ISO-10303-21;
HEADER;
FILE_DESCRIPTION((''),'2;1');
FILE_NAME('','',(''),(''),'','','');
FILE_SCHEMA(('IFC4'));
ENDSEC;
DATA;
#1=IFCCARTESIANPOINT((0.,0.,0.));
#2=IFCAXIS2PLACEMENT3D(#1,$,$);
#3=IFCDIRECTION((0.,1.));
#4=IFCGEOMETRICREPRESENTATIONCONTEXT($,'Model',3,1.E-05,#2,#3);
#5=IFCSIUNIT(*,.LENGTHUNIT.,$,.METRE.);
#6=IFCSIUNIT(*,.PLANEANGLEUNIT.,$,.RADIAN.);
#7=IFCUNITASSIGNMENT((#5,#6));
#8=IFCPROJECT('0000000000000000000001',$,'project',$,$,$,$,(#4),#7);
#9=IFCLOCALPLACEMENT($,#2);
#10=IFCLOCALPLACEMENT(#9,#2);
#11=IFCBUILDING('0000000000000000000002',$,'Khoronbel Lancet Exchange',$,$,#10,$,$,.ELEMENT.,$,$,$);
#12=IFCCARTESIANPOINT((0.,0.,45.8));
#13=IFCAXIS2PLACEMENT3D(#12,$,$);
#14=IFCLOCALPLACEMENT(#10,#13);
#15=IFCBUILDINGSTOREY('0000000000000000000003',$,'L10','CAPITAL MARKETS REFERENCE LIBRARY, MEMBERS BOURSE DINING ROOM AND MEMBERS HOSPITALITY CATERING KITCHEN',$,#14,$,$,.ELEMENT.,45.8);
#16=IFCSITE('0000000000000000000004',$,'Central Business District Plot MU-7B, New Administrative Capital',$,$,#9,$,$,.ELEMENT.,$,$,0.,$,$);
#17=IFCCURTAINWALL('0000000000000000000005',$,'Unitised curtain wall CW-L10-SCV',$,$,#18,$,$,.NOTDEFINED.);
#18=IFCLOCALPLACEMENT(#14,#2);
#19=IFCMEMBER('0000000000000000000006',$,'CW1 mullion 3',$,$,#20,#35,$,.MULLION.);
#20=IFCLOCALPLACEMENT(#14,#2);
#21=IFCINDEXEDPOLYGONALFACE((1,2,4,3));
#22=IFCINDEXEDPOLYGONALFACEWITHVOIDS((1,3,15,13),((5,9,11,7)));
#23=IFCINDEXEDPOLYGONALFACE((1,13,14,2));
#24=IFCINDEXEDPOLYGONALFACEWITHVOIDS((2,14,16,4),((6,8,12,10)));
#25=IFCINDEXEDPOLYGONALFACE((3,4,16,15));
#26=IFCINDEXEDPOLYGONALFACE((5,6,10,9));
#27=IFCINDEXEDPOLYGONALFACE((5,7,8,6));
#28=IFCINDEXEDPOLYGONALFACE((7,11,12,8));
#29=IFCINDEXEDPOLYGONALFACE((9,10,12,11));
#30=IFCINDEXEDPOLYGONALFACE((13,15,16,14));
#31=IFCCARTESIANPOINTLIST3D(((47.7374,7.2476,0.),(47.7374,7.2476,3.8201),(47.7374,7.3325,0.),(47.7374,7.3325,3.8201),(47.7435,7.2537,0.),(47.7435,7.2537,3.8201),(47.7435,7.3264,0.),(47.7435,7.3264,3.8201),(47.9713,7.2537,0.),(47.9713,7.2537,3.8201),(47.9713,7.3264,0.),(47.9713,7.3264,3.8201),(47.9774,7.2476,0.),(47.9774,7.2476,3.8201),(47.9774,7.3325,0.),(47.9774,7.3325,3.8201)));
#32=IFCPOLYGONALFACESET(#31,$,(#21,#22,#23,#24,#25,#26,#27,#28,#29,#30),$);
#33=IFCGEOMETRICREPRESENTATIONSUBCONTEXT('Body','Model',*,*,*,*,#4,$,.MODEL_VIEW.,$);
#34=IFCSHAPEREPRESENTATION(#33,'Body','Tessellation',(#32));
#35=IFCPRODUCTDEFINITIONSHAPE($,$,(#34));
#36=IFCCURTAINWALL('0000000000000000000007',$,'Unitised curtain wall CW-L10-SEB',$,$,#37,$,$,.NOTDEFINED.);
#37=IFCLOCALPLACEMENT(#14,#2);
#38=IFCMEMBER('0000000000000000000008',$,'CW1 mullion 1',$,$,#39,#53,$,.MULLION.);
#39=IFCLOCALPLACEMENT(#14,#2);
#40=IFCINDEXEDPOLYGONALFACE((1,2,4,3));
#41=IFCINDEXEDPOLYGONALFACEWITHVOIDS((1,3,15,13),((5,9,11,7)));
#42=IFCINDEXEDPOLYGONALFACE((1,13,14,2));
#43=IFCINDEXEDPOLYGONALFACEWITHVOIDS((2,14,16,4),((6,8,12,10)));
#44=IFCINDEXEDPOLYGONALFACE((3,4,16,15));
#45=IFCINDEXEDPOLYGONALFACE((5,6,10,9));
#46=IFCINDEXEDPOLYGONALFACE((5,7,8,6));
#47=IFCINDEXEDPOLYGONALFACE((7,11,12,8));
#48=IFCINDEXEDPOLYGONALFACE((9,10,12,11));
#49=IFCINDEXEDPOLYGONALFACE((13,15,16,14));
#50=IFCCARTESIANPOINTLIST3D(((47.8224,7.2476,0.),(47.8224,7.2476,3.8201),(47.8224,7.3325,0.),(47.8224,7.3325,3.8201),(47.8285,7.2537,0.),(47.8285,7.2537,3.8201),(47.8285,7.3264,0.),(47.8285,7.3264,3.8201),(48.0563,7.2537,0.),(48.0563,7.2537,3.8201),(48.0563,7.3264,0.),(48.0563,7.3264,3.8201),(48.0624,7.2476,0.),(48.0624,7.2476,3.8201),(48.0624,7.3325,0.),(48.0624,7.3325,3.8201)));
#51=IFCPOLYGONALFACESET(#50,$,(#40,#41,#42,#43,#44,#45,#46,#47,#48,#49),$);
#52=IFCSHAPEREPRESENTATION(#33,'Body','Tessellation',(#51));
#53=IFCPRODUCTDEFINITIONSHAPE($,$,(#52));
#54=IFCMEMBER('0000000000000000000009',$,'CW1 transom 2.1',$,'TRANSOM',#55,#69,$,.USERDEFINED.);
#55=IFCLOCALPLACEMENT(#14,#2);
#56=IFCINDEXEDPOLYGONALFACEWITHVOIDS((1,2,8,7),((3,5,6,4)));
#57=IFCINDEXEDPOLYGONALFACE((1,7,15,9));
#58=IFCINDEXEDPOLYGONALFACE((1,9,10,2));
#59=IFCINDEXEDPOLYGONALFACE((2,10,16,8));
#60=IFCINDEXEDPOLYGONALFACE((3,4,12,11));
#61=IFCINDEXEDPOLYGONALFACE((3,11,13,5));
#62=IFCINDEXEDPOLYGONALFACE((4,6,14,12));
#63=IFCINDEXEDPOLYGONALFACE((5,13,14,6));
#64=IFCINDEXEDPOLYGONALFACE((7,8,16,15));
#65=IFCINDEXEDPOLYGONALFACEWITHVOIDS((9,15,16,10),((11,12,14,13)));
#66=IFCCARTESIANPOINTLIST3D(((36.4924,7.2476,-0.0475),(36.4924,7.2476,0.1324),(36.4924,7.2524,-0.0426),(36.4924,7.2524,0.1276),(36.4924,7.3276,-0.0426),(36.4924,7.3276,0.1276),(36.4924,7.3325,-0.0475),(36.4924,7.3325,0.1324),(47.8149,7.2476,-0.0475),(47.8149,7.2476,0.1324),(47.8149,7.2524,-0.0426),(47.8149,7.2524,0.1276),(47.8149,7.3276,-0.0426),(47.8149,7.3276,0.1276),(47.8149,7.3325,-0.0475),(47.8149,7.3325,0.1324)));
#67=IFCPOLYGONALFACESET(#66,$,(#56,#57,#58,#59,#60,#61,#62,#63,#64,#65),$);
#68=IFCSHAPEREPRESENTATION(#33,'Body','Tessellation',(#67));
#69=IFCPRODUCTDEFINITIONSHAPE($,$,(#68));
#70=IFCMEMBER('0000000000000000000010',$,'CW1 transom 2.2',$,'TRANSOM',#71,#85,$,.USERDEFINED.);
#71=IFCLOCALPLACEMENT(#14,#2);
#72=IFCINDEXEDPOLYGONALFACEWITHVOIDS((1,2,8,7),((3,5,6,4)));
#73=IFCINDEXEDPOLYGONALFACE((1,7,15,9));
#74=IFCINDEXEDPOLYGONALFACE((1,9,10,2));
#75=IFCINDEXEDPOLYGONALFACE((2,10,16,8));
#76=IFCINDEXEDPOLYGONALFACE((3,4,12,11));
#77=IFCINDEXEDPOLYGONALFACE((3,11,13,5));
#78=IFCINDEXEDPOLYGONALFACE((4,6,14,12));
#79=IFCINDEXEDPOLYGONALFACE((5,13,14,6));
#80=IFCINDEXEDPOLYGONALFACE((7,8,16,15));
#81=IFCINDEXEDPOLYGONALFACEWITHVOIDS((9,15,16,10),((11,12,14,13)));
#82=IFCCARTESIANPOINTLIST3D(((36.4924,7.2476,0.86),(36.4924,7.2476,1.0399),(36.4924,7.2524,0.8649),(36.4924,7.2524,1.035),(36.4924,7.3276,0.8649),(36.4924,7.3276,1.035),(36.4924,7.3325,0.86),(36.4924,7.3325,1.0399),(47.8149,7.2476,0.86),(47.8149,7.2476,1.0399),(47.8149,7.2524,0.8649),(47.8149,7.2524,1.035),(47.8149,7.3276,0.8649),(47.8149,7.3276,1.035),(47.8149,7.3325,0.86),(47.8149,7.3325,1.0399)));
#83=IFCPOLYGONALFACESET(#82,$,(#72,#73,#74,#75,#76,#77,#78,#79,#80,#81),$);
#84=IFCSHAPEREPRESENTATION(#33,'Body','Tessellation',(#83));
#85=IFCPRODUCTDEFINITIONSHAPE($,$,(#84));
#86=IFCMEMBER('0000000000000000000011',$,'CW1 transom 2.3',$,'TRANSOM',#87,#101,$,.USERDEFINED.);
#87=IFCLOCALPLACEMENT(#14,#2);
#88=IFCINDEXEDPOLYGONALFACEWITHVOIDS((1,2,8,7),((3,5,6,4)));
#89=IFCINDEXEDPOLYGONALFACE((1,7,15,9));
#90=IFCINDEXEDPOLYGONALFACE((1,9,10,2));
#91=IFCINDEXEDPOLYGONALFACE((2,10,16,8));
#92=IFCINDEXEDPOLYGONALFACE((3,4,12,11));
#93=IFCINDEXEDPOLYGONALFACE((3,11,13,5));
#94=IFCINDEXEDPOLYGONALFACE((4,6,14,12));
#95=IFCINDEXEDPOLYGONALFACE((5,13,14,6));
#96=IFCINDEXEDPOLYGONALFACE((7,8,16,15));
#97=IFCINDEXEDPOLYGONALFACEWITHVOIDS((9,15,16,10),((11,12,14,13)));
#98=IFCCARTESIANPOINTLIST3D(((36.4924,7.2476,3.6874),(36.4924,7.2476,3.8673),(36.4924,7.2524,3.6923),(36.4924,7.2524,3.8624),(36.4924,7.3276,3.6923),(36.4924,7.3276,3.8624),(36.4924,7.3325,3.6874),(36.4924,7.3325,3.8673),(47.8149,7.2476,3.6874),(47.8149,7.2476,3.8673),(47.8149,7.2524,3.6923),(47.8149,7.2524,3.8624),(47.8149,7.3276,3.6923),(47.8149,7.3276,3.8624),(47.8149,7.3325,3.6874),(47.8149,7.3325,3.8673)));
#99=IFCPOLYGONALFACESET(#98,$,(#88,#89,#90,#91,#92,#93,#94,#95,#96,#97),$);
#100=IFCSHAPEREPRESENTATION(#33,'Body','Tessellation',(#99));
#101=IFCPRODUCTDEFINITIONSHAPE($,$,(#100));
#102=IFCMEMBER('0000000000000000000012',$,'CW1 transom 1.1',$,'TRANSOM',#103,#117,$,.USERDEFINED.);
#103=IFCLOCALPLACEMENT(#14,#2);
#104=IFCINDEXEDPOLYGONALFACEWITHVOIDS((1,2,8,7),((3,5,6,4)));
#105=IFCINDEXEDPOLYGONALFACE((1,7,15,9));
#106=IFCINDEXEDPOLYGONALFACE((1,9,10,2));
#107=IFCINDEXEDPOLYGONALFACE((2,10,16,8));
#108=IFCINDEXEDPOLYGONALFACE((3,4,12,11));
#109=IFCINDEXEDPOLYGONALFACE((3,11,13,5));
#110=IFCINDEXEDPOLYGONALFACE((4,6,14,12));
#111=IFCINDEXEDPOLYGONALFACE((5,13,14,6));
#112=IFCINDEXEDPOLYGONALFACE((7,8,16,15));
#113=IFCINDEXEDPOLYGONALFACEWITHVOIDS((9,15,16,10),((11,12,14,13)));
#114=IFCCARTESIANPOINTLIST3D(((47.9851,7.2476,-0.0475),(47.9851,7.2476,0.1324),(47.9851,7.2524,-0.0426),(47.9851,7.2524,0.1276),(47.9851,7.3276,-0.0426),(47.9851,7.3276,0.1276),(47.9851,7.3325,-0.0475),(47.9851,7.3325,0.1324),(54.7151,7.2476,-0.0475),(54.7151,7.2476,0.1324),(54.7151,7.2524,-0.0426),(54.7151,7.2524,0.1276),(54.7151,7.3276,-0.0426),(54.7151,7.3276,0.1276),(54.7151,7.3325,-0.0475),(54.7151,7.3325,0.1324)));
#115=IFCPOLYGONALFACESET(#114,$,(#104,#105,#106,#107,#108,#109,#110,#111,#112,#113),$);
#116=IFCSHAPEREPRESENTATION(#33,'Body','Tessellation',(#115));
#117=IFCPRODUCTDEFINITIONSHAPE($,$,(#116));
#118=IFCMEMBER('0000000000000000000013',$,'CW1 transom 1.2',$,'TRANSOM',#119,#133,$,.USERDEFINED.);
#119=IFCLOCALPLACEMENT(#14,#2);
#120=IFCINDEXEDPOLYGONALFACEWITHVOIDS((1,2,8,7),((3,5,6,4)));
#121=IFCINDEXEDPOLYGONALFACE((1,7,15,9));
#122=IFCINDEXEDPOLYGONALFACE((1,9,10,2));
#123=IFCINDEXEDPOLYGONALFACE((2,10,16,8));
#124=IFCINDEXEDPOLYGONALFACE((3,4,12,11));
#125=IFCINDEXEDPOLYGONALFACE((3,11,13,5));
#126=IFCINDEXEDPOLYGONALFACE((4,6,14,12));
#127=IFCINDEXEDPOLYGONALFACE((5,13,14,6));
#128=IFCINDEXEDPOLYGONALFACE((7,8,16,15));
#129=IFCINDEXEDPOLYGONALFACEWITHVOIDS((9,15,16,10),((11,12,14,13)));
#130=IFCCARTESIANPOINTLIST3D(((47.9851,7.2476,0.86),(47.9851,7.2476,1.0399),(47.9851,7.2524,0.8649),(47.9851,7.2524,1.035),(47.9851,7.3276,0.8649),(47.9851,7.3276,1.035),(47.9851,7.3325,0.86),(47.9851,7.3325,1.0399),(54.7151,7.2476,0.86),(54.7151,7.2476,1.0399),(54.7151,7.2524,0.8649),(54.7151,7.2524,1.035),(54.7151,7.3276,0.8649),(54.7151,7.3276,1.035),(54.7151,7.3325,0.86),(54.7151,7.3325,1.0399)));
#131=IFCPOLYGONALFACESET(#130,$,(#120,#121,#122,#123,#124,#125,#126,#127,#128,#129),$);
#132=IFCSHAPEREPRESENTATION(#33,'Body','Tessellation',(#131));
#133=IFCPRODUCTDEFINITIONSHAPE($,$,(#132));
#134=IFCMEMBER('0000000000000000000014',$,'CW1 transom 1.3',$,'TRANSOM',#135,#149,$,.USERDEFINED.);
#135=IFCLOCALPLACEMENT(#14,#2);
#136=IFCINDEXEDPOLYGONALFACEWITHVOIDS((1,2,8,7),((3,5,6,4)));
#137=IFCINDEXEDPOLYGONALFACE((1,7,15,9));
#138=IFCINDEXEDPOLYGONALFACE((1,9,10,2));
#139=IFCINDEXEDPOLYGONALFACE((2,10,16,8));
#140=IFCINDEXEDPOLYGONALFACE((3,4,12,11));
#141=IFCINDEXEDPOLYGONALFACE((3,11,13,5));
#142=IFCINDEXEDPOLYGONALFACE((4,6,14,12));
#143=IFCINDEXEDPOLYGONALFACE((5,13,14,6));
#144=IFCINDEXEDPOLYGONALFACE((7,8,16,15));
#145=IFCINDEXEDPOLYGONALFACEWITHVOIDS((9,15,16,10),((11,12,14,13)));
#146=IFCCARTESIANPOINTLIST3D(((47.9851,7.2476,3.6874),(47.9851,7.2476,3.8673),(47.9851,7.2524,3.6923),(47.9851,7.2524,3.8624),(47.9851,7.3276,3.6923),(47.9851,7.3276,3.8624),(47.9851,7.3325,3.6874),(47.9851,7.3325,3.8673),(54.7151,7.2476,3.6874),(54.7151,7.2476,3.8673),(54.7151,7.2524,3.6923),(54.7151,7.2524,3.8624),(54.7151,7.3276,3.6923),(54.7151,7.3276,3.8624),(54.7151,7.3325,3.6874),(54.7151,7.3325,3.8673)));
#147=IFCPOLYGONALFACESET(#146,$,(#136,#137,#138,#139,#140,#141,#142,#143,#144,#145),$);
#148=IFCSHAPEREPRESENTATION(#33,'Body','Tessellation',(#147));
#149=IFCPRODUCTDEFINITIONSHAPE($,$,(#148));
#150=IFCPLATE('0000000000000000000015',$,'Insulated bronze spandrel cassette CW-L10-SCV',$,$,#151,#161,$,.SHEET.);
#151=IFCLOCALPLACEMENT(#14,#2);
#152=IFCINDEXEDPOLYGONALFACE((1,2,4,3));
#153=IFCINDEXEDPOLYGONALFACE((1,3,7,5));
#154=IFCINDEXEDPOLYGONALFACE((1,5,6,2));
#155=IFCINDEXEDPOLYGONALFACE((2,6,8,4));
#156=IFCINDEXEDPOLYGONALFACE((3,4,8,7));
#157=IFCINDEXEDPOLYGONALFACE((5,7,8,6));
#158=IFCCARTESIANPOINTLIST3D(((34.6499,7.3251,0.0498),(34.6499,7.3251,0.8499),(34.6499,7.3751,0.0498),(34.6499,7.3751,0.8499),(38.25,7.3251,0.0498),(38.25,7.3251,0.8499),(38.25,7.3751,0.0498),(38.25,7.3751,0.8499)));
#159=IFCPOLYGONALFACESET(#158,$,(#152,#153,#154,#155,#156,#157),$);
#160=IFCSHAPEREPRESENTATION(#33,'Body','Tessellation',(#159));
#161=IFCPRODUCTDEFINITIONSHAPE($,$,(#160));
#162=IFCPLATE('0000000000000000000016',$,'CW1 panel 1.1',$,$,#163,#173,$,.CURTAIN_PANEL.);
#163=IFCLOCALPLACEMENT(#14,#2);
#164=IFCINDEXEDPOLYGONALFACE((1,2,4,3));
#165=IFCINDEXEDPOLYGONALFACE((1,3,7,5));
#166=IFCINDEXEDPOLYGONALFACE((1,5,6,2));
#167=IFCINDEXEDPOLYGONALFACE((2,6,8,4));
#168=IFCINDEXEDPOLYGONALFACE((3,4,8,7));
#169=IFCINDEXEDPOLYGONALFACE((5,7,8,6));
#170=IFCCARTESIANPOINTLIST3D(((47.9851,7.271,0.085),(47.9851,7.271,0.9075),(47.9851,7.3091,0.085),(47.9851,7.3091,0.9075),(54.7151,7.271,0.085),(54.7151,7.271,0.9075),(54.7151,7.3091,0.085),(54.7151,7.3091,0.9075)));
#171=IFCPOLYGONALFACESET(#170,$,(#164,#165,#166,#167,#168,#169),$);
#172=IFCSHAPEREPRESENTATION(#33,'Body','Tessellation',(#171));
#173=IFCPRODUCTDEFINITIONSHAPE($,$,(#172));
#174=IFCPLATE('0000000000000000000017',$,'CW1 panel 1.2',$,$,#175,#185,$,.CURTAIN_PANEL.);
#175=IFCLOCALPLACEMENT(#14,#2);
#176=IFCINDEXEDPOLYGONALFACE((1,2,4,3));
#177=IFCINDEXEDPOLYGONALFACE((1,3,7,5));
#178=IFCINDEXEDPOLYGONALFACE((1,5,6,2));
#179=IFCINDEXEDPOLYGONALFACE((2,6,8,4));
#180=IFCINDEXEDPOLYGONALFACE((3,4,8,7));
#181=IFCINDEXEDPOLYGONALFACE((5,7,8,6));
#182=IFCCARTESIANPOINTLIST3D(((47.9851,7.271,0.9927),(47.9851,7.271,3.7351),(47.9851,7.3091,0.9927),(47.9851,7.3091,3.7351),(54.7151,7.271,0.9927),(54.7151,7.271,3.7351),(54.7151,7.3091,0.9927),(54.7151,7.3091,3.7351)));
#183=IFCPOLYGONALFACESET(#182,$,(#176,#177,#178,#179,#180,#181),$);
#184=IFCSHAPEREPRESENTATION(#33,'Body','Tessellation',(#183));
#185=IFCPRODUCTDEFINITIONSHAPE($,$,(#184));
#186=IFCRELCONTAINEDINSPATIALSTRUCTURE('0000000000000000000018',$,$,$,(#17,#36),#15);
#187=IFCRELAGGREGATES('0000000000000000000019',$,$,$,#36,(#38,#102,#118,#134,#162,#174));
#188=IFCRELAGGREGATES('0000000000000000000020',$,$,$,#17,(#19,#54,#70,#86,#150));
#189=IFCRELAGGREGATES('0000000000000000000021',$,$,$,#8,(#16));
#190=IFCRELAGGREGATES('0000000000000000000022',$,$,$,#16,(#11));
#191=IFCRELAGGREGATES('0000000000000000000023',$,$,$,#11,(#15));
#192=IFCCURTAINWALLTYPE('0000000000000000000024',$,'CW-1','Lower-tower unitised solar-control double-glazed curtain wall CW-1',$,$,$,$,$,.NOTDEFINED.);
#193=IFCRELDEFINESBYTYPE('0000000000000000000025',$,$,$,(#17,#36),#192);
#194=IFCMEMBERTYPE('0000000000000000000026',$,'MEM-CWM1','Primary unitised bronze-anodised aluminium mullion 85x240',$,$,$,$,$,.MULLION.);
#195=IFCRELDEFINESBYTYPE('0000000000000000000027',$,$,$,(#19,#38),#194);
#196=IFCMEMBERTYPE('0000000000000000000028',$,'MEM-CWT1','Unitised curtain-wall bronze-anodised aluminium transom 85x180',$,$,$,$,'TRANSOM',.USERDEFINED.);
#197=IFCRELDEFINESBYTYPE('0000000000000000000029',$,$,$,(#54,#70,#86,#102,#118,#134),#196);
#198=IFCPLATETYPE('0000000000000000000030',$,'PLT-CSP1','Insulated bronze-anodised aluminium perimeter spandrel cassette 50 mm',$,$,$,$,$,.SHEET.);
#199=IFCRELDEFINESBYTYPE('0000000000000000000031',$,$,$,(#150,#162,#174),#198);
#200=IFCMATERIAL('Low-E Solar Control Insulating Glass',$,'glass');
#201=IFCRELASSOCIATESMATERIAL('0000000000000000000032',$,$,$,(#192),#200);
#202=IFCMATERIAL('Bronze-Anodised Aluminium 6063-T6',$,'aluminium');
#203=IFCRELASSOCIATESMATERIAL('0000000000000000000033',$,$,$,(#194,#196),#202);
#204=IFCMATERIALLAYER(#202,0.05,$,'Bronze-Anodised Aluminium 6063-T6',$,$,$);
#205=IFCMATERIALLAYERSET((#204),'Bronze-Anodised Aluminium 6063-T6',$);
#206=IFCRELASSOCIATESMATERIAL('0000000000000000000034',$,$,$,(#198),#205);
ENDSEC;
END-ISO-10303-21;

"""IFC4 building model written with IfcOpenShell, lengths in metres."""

from ifc_helpers import new_model, si_unit, direction, frame, origin, origin_2d, place, context, subcontext, project, spatial, rectangle, hollow_rectangle, extrude, material, layer, layer_set, material_profile, profile_set, type_object, element, aggregate, save


model = new_model("IFC4")

# Units and contexts
model_context = context("Model", 3, precision=1e-05, world=origin(), true_north=direction((0.0, 1.0)))
body_context = subcontext(model_context, "Body", "Model", "MODEL_VIEW")
ifc_project = project(units=[si_unit("LENGTHUNIT", "METRE"), si_unit("PLANEANGLEUNIT", "RADIAN")], contexts=[model_context])

# Site, building, storey
site_placement = place(None, origin())
site = spatial("IfcSite", under=ifc_project, at=site_placement, Name="Central Business District Plot MU-7B, New Administrative Capital", CompositionType="ELEMENT", RefElevation=0.0)
building_placement = place(site_placement, origin())
building = spatial("IfcBuilding", under=site, at=building_placement, Name="Khoronbel Lancet Exchange", CompositionType="ELEMENT")
storey_placement = place(building_placement, frame((0.0, 0.0, 45.8)))
storey = spatial("IfcBuildingStorey", under=building, at=storey_placement, Name="L10", Description="CAPITAL MARKETS REFERENCE LIBRARY, MEMBERS BOURSE DINING ROOM AND MEMBERS HOSPITALITY CATERING KITCHEN", CompositionType="ELEMENT", Elevation=45.8)

# Curtain wall, member
ifc_material_1 = material(Name="Low-E Solar Control Insulating Glass", Category="glass")
curtain_wall_type = type_object("IfcCurtainWallType", Name="CW-1", Description="Lower-tower unitised solar-control double-glazed curtain wall CW-1", PredefinedType="NOTDEFINED", material=ifc_material_1)
curtain_wall_1_placement = place(storey_placement, origin())
curtain_wall_1 = element("IfcCurtainWall", 1, at=curtain_wall_1_placement, inside=storey, type_object=curtain_wall_type, Name="Unitised curtain wall CW-L10-SCV", PredefinedType="NOTDEFINED")
ifc_material_2 = material(Name="Bronze-Anodised Aluminium 6063-T6", Category="aluminium")
ifc_material_profile_1 = material_profile(ifc_material_2, hollow_rectangle(XDim=0.085, YDim=0.24, WallThickness=0.0061, at=origin_2d()), Name="ALU MULLION 85x240")
ifc_profile_set_1 = profile_set([ifc_material_profile_1], Name="Bronze-Anodised Aluminium 6063-T6")
member_type_1 = type_object("IfcMemberType", Name="MEM-CWM1", Description="Primary unitised bronze-anodised aluminium mullion 85x240", PredefinedType="MULLION", material=ifc_profile_set_1)
member_1_placement = place(storey_placement, frame((47.8574, 7.29, 0.0), z_axis=(0.0, 0.0, 1.0), x_axis=(0.0, 1.0, 0.0)))
member_1 = element("IfcMember", 2, at=member_1_placement, type_object=member_type_1, Name="CW1 mullion 3", PredefinedType="MULLION", context=body_context, shape_type="SweptSolid", body=[
    extrude(hollow_rectangle(XDim=0.085, YDim=0.24, WallThickness=0.0061, at=origin_2d()), origin(), (0.0, 0.0, 1.0), 3.8201),
])

# Curtain wall, member
curtain_wall_2_placement = place(storey_placement, origin())
curtain_wall_2 = element("IfcCurtainWall", 3, at=curtain_wall_2_placement, inside=storey, type_object=curtain_wall_type, Name="Unitised curtain wall CW-L10-SEB", PredefinedType="NOTDEFINED")
member_2_placement = place(storey_placement, frame((47.9424, 7.29, 0.0), z_axis=(0.0, 0.0, 1.0), x_axis=(0.0, 1.0, 0.0)))
member_2 = element("IfcMember", 4, at=member_2_placement, type_object=member_type_1, Name="CW1 mullion 1", PredefinedType="MULLION", context=body_context, shape_type="SweptSolid", body=[
    extrude(hollow_rectangle(XDim=0.085, YDim=0.24, WallThickness=0.0061, at=origin_2d()), origin(), (0.0, 0.0, 1.0), 3.8201),
])

# Members
ifc_material_profile_2 = material_profile(ifc_material_2, hollow_rectangle(XDim=0.085, YDim=0.1799, WallThickness=0.0049, at=origin_2d()), Name="ALU TRANSOM 85x180")
ifc_profile_set_2 = profile_set([ifc_material_profile_2], Name="Bronze-Anodised Aluminium 6063-T6")
member_type_2 = type_object("IfcMemberType", Name="MEM-CWT1", Description="Unitised curtain-wall bronze-anodised aluminium transom 85x180", ElementType="TRANSOM", PredefinedType="USERDEFINED", material=ifc_profile_set_2)
member_3_placement = place(storey_placement, frame((36.4924, 7.29, 0.0425), z_axis=(1.0, 0.0, 0.0), x_axis=(0.0, 1.0, 0.0)))
member_3 = element("IfcMember", 5, at=member_3_placement, type_object=member_type_2, Name="CW1 transom 2.1", ObjectType="TRANSOM", PredefinedType="USERDEFINED", context=body_context, shape_type="SweptSolid", body=[
    extrude(hollow_rectangle(XDim=0.085, YDim=0.1799, WallThickness=0.0049, at=origin_2d()), origin(), (0.0, 0.0, 1.0), 11.3225),
])
member_4_placement = place(storey_placement, frame((36.4924, 7.29, 0.95), z_axis=(1.0, 0.0, 0.0), x_axis=(0.0, 1.0, 0.0)))
member_4 = element("IfcMember", 6, at=member_4_placement, type_object=member_type_2, Name="CW1 transom 2.2", ObjectType="TRANSOM", PredefinedType="USERDEFINED", context=body_context, shape_type="SweptSolid", body=[
    extrude(hollow_rectangle(XDim=0.085, YDim=0.1799, WallThickness=0.0049, at=origin_2d()), origin(), (0.0, 0.0, 1.0), 11.3225),
])
member_5_placement = place(storey_placement, frame((36.4924, 7.29, 3.7773), z_axis=(1.0, 0.0, 0.0), x_axis=(0.0, 1.0, 0.0)))
member_5 = element("IfcMember", 7, at=member_5_placement, type_object=member_type_2, Name="CW1 transom 2.3", ObjectType="TRANSOM", PredefinedType="USERDEFINED", context=body_context, shape_type="SweptSolid", body=[
    extrude(hollow_rectangle(XDim=0.085, YDim=0.1799, WallThickness=0.0049, at=origin_2d()), origin(), (0.0, 0.0, 1.0), 11.3225),
])
member_6_placement = place(storey_placement, frame((47.9851, 7.29, 0.0425), z_axis=(1.0, 0.0, 0.0), x_axis=(0.0, 1.0, 0.0)))
member_6 = element("IfcMember", 8, at=member_6_placement, type_object=member_type_2, Name="CW1 transom 1.1", ObjectType="TRANSOM", PredefinedType="USERDEFINED", context=body_context, shape_type="SweptSolid", body=[
    extrude(hollow_rectangle(XDim=0.085, YDim=0.1799, WallThickness=0.0049, at=origin_2d()), origin(), (0.0, 0.0, 1.0), 6.73),
])
member_7_placement = place(storey_placement, frame((47.9851, 7.29, 0.95), z_axis=(1.0, 0.0, 0.0), x_axis=(0.0, 1.0, 0.0)))
member_7 = element("IfcMember", 9, at=member_7_placement, type_object=member_type_2, Name="CW1 transom 1.2", ObjectType="TRANSOM", PredefinedType="USERDEFINED", context=body_context, shape_type="SweptSolid", body=[
    extrude(hollow_rectangle(XDim=0.085, YDim=0.1799, WallThickness=0.0049, at=origin_2d()), origin(), (0.0, 0.0, 1.0), 6.73),
])
member_8_placement = place(storey_placement, frame((47.9851, 7.29, 3.7773), z_axis=(1.0, 0.0, 0.0), x_axis=(0.0, 1.0, 0.0)))
member_8 = element("IfcMember", 10, at=member_8_placement, type_object=member_type_2, Name="CW1 transom 1.3", ObjectType="TRANSOM", PredefinedType="USERDEFINED", context=body_context, shape_type="SweptSolid", body=[
    extrude(hollow_rectangle(XDim=0.085, YDim=0.1799, WallThickness=0.0049, at=origin_2d()), origin(), (0.0, 0.0, 1.0), 6.73),
])

# Plates
ifc_layer_1 = layer(ifc_material_2, 0.05, Name="Bronze-Anodised Aluminium 6063-T6")
ifc_layer_set_1 = layer_set([ifc_layer_1], Name="Bronze-Anodised Aluminium 6063-T6")
plate_type_1 = type_object("IfcPlateType", Name="PLT-CSP1", Description="Insulated bronze-anodised aluminium perimeter spandrel cassette 50 mm", PredefinedType="SHEET", material=ifc_layer_set_1)
plate_1_placement = place(storey_placement, frame((36.45, 7.3501, 0.0498), z_axis=(0.0, 0.0, 1.0), x_axis=(1.0, 0.0, 0.0)))
plate_1 = element("IfcPlate", 11, at=plate_1_placement, type_object=plate_type_1, Name="Insulated bronze spandrel cassette CW-L10-SCV", PredefinedType="SHEET", context=body_context, shape_type="SweptSolid", body=[
    extrude(rectangle(XDim=3.6001, YDim=0.05, at=origin_2d()), origin(), (0.0, 0.0, 1.0), 0.8),
])
plate_2_placement = place(storey_placement, frame((51.3501, 7.29, 0.085), z_axis=(0.0, 0.0, 1.0), x_axis=(1.0, 0.0, 0.0)))
plate_2 = element("IfcPlate", 12, at=plate_2_placement, type_object=plate_type_1, Name="CW1 panel 1.1", PredefinedType="CURTAIN_PANEL", context=body_context, shape_type="SweptSolid", body=[
    extrude(rectangle(XDim=6.73, YDim=0.0381, at=origin_2d()), origin(), (0.0, 0.0, 1.0), 0.8225),
])
plate_3_placement = place(storey_placement, frame((51.3501, 7.29, 0.9927), z_axis=(0.0, 0.0, 1.0), x_axis=(1.0, 0.0, 0.0)))
plate_3 = element("IfcPlate", 13, at=plate_3_placement, type_object=plate_type_1, Name="CW1 panel 1.2", PredefinedType="CURTAIN_PANEL", context=body_context, shape_type="SweptSolid", body=[
    extrude(rectangle(XDim=6.73, YDim=0.0381, at=origin_2d()), origin(), (0.0, 0.0, 1.0), 2.7424),
])
aggregate(curtain_wall_2, [member_2, member_6, member_7, member_8, plate_2, plate_3])
aggregate(curtain_wall_1, [member_1, member_3, member_4, member_5, plate_1])

save(model, "model.ifc")
